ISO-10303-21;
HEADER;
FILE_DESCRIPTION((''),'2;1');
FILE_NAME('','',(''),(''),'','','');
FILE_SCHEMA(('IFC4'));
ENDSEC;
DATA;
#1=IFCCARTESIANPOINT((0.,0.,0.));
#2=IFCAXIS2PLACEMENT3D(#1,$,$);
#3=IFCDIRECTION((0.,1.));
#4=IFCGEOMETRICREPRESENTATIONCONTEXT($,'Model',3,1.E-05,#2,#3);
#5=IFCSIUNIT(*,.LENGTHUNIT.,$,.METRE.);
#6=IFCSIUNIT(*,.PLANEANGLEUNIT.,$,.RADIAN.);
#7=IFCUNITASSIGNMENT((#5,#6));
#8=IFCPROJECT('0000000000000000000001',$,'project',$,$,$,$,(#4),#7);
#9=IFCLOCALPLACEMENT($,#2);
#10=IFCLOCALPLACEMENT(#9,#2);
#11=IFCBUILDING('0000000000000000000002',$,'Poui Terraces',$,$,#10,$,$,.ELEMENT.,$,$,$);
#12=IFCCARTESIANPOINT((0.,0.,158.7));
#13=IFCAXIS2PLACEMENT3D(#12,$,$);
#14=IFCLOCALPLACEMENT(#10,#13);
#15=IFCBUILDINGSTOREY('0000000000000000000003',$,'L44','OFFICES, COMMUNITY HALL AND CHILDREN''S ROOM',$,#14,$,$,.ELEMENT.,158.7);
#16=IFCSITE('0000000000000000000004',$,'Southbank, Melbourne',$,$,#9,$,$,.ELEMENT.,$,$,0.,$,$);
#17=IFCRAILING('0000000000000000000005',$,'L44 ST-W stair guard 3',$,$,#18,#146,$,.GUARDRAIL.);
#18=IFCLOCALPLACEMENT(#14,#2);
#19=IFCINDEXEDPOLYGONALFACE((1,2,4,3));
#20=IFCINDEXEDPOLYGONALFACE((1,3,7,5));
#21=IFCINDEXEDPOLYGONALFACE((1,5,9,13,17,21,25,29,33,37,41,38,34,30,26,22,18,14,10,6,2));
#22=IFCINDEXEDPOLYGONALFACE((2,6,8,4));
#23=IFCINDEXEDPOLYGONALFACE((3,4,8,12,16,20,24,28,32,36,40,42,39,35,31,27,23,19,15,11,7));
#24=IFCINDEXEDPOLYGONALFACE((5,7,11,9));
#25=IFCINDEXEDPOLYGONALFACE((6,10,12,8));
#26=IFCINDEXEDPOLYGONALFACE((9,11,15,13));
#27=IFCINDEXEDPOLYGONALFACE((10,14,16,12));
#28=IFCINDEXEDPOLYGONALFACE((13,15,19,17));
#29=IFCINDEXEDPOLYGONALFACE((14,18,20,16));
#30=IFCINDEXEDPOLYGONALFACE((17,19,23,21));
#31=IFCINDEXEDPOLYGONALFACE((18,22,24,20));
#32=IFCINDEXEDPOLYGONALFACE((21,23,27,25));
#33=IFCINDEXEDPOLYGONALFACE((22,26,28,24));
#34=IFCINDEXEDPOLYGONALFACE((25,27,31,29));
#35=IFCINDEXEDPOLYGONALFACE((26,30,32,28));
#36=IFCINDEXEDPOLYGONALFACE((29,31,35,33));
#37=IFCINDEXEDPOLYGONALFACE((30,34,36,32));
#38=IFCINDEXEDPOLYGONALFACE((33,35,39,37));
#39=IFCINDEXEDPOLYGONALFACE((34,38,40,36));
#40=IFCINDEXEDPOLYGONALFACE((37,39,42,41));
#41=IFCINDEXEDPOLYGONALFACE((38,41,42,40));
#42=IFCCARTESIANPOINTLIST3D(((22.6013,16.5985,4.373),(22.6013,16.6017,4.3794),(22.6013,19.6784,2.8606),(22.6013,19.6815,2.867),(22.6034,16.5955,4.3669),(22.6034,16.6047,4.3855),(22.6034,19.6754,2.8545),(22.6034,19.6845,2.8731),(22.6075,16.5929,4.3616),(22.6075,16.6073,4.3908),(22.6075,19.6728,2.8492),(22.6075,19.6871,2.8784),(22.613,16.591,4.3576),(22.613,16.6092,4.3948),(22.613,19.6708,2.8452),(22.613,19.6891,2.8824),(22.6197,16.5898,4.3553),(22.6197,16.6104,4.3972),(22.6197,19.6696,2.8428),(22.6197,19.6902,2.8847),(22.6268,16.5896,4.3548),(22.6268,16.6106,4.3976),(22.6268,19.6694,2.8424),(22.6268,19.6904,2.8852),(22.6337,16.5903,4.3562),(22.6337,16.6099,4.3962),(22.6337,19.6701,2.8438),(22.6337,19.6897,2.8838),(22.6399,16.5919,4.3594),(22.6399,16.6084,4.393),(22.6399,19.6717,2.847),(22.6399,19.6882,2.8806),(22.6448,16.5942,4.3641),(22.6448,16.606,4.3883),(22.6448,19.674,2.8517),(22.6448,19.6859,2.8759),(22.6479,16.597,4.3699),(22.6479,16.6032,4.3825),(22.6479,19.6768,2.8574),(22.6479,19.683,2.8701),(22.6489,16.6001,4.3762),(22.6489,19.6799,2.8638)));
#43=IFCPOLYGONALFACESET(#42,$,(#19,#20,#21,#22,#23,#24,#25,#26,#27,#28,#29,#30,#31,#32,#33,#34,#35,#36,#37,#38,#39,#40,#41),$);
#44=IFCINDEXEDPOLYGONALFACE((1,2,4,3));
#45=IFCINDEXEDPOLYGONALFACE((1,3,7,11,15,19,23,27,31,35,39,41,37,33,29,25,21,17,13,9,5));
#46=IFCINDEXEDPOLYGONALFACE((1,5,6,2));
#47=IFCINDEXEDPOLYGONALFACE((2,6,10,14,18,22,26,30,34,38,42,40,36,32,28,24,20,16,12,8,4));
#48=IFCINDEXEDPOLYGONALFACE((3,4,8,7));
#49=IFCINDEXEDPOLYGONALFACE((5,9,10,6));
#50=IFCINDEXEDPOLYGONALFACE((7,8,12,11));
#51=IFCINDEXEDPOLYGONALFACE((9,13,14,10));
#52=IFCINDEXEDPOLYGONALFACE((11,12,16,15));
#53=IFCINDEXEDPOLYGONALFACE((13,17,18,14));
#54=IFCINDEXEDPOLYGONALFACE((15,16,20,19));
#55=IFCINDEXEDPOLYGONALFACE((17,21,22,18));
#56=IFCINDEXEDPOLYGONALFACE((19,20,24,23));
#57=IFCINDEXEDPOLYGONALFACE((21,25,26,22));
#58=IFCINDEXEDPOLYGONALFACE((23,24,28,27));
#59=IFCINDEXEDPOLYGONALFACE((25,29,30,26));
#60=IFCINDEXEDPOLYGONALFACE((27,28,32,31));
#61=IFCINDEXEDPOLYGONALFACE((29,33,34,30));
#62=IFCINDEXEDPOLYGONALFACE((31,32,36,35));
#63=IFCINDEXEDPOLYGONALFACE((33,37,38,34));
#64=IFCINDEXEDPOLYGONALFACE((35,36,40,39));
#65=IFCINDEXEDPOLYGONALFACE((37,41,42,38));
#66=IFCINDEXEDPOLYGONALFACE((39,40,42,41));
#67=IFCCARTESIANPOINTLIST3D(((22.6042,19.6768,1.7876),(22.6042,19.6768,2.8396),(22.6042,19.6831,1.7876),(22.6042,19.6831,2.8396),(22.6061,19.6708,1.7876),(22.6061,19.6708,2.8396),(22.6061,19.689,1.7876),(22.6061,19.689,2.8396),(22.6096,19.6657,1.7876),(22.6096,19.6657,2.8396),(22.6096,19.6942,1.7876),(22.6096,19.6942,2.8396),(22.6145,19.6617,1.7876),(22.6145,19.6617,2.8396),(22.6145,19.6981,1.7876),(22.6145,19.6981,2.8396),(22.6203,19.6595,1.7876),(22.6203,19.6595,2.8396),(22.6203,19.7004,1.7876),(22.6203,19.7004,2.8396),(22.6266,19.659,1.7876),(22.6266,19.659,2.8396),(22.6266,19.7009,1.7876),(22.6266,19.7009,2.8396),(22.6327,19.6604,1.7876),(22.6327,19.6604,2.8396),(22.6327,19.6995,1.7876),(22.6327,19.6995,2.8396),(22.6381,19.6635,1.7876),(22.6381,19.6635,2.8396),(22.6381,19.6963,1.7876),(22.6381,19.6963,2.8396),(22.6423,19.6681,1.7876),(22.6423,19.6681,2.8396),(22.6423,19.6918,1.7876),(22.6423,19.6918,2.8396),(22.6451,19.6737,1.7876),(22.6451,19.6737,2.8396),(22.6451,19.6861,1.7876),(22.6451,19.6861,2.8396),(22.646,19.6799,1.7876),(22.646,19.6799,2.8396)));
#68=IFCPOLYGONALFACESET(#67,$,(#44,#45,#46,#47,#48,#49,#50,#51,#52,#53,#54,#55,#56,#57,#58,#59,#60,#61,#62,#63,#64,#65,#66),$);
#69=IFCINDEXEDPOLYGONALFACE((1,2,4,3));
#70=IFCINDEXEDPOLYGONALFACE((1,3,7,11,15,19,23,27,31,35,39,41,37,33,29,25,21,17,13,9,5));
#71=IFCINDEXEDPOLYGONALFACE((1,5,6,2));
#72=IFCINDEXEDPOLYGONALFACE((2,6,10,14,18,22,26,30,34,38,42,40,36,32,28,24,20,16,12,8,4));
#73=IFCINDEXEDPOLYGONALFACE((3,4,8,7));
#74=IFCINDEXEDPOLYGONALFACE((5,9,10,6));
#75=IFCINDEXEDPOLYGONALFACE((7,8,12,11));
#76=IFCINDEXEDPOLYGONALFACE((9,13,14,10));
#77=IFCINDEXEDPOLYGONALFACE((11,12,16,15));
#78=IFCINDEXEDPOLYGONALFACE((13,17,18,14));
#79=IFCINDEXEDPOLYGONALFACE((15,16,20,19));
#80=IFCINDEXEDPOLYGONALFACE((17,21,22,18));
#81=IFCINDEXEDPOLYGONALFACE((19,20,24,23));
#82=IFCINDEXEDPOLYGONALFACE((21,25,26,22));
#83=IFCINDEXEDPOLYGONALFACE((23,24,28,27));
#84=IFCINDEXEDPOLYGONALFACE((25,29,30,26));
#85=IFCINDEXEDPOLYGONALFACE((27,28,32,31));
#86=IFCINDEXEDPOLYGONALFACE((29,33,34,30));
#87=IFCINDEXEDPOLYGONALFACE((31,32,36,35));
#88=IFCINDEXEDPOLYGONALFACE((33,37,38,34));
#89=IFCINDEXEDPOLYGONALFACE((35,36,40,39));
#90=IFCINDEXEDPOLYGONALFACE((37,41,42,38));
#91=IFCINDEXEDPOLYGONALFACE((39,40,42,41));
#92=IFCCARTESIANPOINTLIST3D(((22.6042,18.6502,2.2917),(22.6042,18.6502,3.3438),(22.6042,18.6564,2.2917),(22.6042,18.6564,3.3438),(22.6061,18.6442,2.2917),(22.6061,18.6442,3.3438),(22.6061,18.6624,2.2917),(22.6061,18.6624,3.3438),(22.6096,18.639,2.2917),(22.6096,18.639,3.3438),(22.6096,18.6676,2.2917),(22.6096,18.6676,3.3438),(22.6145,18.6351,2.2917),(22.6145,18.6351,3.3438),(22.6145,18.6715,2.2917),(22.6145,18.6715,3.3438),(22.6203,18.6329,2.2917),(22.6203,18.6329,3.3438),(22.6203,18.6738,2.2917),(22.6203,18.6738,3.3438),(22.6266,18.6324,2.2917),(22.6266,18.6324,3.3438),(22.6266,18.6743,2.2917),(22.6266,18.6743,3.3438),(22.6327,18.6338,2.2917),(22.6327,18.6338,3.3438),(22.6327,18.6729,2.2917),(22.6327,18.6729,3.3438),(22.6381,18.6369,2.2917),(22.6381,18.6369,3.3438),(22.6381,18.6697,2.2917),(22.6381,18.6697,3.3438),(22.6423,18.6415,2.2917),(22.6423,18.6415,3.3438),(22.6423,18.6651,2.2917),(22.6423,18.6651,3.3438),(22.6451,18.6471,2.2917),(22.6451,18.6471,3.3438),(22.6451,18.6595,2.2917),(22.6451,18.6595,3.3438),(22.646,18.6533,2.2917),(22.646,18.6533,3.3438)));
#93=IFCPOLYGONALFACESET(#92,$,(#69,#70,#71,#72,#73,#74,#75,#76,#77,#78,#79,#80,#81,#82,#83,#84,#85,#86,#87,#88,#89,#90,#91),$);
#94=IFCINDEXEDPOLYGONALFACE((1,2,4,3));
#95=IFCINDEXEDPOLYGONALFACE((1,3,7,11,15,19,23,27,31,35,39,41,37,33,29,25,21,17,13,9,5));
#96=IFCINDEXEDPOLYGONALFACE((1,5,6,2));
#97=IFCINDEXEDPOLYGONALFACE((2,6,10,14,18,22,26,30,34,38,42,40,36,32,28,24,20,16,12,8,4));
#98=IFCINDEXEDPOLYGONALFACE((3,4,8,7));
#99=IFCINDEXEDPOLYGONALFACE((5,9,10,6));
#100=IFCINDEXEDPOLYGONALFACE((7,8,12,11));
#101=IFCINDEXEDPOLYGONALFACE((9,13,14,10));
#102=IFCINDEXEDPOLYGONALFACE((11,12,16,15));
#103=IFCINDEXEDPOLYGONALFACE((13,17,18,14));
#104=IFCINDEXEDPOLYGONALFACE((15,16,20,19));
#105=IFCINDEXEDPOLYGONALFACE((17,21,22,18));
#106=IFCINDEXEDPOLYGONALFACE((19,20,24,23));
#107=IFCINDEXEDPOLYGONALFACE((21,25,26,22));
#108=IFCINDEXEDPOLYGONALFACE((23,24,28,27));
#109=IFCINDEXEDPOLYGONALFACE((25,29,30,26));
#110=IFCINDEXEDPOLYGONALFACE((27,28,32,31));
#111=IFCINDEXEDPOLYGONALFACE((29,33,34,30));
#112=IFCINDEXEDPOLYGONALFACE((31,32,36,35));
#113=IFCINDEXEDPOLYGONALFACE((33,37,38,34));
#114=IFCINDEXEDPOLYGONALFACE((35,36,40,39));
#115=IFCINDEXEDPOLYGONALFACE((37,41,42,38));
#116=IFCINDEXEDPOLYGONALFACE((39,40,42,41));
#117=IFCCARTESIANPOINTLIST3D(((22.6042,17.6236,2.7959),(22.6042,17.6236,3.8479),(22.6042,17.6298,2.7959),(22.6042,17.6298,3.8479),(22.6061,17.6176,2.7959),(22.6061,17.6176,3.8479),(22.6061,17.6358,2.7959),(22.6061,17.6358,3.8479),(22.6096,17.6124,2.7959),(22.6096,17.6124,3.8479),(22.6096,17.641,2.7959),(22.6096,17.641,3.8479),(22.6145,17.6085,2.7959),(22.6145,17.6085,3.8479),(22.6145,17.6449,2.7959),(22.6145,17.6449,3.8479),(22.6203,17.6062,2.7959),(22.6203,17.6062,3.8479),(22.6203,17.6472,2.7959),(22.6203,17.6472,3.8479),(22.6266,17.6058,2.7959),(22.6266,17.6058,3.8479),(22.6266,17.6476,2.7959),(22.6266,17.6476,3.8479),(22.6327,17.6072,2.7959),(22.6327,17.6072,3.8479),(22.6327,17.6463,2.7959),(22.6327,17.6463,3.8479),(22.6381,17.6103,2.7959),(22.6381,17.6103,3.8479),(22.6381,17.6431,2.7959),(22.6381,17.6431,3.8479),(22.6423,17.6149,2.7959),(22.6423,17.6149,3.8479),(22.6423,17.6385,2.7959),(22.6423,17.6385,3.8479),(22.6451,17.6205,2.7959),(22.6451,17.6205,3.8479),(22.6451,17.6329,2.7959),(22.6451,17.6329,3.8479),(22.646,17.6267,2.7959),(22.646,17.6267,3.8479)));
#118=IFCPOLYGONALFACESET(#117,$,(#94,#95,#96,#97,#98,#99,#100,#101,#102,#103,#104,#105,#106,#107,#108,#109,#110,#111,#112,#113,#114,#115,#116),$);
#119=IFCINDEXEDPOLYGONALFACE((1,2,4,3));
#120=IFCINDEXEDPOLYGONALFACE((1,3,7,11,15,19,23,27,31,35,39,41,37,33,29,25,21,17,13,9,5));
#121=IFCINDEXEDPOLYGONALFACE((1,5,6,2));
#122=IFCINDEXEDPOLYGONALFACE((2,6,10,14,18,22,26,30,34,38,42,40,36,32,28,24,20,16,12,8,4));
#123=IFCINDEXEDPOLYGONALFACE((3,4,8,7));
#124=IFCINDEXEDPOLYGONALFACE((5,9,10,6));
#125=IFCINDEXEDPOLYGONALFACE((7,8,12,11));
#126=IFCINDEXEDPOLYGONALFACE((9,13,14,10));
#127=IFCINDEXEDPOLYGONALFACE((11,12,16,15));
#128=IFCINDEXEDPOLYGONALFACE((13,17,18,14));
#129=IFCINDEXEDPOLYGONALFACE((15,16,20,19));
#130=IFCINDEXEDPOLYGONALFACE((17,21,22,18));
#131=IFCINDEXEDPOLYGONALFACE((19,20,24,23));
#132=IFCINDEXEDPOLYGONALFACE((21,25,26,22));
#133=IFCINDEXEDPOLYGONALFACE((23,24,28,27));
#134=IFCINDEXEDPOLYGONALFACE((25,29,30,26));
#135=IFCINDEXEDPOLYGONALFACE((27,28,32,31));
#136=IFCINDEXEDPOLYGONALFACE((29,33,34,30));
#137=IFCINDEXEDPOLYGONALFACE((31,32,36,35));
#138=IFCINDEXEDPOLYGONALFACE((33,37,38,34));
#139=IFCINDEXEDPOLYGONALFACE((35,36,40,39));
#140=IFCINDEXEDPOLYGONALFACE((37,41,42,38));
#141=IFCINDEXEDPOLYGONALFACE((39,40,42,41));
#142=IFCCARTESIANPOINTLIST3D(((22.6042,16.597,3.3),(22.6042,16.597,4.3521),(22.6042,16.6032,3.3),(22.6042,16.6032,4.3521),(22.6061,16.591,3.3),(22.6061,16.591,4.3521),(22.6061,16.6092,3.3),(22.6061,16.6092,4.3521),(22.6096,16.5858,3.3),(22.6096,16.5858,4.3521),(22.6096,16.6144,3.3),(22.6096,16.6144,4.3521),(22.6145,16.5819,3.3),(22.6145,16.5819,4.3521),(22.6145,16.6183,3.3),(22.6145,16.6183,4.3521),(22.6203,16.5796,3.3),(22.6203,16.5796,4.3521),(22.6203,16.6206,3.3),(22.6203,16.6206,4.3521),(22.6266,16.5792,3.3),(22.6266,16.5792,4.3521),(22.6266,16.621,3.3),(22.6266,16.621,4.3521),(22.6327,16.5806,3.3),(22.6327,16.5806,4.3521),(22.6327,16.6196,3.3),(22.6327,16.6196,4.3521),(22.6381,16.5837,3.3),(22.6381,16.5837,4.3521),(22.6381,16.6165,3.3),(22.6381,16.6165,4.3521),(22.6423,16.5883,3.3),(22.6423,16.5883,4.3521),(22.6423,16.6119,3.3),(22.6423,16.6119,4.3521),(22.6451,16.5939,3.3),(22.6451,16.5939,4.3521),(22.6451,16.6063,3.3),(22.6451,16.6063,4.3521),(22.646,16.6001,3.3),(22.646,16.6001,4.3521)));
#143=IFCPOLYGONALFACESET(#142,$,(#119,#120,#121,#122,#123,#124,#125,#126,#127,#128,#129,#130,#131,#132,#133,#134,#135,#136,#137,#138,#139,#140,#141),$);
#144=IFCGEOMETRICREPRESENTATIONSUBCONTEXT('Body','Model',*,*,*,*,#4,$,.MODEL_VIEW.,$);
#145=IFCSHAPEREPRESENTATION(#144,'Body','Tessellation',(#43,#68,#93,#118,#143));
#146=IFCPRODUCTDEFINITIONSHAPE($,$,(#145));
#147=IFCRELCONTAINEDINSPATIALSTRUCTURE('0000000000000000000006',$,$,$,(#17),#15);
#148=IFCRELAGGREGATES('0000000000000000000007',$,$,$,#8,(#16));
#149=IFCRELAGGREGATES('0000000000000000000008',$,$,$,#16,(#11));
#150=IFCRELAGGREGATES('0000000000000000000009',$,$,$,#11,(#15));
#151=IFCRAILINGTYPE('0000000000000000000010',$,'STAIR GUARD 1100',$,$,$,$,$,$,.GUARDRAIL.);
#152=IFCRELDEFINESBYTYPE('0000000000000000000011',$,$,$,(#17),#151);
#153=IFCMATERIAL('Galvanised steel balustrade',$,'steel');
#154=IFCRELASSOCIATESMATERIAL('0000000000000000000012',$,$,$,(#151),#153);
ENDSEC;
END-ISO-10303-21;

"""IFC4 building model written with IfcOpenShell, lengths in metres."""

from ifc_helpers import new_model, si_unit, direction, frame, origin, origin_2d, place, context, subcontext, project, spatial, circle, extrude, material, type_object, element, save


model = new_model("IFC4")

# Units and contexts
model_context = context("Model", 3, precision=1e-05, world=origin(), true_north=direction((0.0, 1.0)))
body_context = subcontext(model_context, "Body", "Model", "MODEL_VIEW")
ifc_project = project(units=[si_unit("LENGTHUNIT", "METRE"), si_unit("PLANEANGLEUNIT", "RADIAN")], contexts=[model_context])

# Site, building, storey
site_placement = place(None, origin())
site = spatial("IfcSite", under=ifc_project, at=site_placement, Name="Southbank, Melbourne", CompositionType="ELEMENT", RefElevation=0.0)
building_placement = place(site_placement, origin())
building = spatial("IfcBuilding", under=site, at=building_placement, Name="Poui Terraces", CompositionType="ELEMENT")
storey_placement = place(building_placement, frame((0.0, 0.0, 158.7)))
storey = spatial("IfcBuildingStorey", under=building, at=storey_placement, Name="L44", Description="OFFICES, COMMUNITY HALL AND CHILDREN'S ROOM", CompositionType="ELEMENT", Elevation=158.7)

# Railing
ifc_material_1 = material(Name="Galvanised steel balustrade", Category="steel")
railing_type_1 = type_object("IfcRailingType", Name="STAIR GUARD 1100", PredefinedType="GUARDRAIL", material=ifc_material_1)
railing_1_placement = place(storey_placement, frame((22.625, 19.6799, 1.7876)))
element("IfcRailing", 1, at=railing_1_placement, inside=storey, type_object=railing_type_1, Name="L44 ST-W stair guard 3", PredefinedType="GUARDRAIL", context=body_context, shape_type="SweptSolid", body=[
    extrude(circle(Radius=0.0239, at=origin_2d()), frame((0.0, 0.0, 1.0762), z_axis=(0.0, -0.897606, 0.440798), x_axis=(1.0, 0.0, 0.0)), (0.0, 0.0, 1.0), 3.4312),
    extrude(circle(Radius=0.021, at=origin_2d()), origin(), (0.0, 0.0, 1.0), 1.052),
    extrude(circle(Radius=0.021, at=origin_2d()), frame((0.0, -1.0266, 0.5042)), (0.0, 0.0, 1.0), 1.052),
    extrude(circle(Radius=0.021, at=origin_2d()), frame((0.0, -2.0532, 1.0083)), (0.0, 0.0, 1.0), 1.052),
    extrude(circle(Radius=0.021, at=origin_2d()), frame((0.0, -3.0798, 1.5125)), (0.0, 0.0, 1.0), 1.052),
])

save(model, "model.ifc")
